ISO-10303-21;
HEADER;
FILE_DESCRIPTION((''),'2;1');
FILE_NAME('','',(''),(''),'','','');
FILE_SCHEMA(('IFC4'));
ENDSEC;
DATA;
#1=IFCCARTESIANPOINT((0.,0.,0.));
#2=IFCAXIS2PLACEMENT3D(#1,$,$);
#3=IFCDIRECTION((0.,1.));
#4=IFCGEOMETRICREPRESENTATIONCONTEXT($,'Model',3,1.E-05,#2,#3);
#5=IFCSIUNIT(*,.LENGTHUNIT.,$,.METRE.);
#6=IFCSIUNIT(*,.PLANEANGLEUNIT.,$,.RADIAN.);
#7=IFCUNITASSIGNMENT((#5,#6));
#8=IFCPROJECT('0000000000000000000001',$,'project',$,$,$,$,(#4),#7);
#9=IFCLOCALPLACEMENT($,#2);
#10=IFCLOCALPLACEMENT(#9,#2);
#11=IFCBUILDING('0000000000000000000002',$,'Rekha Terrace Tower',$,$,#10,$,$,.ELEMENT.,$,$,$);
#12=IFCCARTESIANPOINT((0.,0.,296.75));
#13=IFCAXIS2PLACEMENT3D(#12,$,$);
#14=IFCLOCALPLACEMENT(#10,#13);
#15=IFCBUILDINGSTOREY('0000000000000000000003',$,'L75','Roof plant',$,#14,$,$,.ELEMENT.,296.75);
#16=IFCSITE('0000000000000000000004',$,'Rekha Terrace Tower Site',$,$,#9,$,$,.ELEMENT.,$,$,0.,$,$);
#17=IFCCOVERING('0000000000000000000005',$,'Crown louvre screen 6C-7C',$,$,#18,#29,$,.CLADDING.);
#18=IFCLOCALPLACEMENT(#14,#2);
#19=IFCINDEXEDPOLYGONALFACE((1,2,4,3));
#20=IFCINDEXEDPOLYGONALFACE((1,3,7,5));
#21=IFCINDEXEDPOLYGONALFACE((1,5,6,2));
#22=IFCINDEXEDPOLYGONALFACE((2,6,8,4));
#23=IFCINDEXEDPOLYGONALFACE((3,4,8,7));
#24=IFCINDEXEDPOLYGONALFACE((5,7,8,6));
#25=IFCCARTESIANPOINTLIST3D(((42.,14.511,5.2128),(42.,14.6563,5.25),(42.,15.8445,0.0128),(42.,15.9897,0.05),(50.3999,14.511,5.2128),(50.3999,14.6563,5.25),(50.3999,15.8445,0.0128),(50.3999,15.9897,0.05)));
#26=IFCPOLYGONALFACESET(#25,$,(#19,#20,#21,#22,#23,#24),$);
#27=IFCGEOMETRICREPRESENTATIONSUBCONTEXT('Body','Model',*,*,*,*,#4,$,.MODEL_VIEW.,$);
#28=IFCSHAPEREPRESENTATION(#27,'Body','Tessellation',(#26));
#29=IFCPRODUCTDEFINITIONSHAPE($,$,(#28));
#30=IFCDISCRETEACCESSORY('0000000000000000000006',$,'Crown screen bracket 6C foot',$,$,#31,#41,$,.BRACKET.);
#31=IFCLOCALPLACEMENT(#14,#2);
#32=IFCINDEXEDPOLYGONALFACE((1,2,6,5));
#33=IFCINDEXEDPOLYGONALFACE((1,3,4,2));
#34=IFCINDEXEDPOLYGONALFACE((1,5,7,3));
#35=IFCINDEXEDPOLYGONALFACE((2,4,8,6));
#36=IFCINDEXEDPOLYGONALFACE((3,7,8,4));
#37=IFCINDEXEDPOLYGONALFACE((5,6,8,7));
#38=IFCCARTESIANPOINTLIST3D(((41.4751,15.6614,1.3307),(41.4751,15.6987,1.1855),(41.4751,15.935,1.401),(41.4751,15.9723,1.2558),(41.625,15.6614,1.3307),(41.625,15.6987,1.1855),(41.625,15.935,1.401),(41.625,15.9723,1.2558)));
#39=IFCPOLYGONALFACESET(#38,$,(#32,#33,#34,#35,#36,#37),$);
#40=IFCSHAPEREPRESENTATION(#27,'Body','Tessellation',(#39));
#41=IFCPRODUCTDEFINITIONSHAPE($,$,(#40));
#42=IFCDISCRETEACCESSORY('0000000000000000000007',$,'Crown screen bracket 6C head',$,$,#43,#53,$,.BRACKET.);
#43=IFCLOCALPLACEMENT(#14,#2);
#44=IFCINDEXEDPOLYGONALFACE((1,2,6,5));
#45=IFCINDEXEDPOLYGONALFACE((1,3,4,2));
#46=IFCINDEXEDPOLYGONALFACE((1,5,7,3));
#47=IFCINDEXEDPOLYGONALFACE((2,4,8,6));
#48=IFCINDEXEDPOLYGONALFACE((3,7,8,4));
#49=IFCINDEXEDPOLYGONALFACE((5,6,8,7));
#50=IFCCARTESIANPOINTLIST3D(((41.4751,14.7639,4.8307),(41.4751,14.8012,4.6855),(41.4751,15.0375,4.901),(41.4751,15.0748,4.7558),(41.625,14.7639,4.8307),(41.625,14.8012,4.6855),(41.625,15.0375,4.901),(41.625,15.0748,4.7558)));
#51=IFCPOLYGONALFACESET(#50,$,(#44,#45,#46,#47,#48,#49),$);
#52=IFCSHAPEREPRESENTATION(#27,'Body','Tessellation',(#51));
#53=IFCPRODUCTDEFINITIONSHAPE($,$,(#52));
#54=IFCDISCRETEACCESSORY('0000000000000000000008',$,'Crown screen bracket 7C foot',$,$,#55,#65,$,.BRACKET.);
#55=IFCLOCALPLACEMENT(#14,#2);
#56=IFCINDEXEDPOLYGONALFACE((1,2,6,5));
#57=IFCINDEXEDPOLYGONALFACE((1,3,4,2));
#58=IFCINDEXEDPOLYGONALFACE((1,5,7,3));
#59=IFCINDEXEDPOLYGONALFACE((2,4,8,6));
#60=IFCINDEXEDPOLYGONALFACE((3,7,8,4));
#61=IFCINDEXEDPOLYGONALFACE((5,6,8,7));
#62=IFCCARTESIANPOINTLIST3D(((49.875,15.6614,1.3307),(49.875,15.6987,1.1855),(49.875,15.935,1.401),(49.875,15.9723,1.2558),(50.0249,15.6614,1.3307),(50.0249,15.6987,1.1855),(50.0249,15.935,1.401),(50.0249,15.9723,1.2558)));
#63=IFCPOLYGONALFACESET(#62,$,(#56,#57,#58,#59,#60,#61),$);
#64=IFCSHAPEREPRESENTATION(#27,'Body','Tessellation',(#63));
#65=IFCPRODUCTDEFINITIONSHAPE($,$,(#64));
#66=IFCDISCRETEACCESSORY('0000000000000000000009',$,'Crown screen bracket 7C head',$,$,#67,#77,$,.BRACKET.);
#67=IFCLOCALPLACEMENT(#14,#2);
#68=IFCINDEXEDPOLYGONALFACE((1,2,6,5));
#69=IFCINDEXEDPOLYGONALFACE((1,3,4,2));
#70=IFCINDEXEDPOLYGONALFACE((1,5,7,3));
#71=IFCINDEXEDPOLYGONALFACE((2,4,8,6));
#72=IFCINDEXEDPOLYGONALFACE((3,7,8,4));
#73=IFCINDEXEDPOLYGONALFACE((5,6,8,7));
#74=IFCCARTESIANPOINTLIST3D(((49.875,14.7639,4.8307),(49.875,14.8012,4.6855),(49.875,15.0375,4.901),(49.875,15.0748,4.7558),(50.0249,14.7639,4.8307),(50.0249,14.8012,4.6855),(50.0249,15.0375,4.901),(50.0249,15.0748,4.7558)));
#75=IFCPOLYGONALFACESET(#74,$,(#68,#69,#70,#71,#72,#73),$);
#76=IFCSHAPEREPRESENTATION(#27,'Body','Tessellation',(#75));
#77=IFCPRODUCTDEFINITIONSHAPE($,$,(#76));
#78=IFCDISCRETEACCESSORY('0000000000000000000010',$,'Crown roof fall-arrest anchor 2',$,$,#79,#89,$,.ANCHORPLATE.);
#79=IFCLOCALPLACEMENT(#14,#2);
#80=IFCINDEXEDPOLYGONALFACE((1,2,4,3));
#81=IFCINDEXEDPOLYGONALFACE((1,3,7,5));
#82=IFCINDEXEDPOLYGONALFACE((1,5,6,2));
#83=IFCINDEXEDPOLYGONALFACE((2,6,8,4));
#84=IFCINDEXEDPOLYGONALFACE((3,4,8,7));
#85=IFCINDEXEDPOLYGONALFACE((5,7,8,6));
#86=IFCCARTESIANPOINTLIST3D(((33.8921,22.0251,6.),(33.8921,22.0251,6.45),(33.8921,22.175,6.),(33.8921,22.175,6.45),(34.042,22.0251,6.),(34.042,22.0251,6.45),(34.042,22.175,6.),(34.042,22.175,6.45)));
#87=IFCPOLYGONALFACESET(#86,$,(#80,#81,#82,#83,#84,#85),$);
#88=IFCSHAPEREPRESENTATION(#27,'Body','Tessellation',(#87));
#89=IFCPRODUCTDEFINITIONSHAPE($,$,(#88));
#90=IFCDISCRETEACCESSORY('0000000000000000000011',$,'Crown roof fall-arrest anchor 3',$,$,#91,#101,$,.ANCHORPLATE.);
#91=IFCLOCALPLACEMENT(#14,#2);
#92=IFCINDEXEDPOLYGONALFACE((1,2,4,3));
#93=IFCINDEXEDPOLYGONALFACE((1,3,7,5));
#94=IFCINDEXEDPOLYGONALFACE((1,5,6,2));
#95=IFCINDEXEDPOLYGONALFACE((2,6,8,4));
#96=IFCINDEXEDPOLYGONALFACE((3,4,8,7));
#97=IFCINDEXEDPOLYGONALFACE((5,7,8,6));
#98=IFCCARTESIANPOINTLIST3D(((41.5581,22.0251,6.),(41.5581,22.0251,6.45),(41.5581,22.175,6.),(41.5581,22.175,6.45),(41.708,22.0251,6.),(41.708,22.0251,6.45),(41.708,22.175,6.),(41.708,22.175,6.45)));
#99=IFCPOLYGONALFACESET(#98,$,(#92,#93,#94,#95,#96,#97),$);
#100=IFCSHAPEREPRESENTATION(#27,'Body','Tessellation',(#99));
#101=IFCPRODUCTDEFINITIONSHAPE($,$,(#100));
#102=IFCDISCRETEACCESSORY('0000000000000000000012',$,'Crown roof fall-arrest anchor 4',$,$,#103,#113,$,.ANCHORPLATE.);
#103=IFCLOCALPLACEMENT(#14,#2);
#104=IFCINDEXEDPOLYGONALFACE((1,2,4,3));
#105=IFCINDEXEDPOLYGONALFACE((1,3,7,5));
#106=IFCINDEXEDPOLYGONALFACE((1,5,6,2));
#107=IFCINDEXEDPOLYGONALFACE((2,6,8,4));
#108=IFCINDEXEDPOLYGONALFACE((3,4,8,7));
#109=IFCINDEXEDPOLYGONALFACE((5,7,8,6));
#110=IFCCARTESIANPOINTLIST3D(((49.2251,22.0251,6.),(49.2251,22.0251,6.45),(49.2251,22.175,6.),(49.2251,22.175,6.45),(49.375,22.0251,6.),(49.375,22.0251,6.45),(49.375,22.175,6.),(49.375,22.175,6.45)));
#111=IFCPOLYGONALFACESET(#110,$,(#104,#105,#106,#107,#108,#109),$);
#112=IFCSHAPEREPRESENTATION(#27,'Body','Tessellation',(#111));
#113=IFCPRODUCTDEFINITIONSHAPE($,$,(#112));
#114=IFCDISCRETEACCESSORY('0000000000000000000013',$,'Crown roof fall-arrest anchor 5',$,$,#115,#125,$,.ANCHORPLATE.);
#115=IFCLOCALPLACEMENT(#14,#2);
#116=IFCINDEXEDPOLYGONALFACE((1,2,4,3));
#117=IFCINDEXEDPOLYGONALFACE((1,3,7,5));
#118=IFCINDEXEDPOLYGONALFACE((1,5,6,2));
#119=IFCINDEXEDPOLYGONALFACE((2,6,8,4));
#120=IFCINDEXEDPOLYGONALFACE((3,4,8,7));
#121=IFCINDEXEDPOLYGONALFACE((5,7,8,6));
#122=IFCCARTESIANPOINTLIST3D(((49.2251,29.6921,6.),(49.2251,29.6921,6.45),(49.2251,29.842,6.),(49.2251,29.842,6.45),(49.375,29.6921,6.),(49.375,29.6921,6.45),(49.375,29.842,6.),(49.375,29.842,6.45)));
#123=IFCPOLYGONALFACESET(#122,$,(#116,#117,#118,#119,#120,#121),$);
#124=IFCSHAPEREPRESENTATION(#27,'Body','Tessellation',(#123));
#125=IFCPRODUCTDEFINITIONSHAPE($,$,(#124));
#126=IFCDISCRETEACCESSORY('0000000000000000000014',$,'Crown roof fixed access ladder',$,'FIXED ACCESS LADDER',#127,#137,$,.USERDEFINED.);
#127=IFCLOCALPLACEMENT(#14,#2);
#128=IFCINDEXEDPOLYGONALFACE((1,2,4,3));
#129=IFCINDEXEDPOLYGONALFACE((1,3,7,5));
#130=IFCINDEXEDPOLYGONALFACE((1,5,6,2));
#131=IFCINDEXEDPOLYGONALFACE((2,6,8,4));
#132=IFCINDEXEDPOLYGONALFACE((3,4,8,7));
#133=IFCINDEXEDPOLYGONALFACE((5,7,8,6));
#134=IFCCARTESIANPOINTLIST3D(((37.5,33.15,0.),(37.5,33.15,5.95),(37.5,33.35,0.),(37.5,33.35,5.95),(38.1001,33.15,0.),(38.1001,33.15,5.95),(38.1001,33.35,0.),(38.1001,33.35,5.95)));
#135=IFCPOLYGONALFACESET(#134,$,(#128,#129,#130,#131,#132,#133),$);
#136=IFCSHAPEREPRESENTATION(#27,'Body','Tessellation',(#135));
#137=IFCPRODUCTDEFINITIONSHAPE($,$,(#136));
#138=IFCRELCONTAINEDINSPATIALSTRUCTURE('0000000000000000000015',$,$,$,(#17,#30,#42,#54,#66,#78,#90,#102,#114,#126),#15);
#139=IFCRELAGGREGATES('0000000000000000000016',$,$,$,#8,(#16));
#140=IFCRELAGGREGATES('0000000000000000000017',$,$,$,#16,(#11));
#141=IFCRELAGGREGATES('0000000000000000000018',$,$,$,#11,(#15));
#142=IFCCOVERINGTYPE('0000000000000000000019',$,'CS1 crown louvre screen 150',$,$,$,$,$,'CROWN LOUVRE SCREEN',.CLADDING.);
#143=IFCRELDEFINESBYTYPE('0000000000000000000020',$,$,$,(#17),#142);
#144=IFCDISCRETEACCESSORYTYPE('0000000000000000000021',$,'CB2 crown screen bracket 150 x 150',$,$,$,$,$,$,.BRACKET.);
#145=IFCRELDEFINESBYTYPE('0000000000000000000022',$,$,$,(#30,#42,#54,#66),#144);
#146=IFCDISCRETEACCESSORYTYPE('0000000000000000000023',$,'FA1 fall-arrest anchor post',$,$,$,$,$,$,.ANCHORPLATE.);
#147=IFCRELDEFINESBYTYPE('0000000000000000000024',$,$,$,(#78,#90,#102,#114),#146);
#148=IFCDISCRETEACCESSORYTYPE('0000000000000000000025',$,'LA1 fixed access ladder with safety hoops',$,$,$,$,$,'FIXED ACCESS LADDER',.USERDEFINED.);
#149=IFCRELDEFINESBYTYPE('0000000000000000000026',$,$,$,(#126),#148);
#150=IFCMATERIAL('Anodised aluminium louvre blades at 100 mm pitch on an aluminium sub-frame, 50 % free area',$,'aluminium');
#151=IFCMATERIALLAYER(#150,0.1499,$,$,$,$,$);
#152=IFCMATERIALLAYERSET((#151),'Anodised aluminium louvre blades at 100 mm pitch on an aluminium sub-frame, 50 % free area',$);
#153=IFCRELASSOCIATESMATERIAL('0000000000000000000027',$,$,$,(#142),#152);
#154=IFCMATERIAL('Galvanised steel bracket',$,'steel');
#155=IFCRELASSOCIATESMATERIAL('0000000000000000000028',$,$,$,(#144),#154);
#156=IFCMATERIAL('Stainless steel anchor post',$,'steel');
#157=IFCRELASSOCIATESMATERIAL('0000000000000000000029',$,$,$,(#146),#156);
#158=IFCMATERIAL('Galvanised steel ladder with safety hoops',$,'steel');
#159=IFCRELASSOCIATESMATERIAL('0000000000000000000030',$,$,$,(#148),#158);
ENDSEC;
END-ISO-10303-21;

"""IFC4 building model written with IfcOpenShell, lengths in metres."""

from ifc_helpers import new_model, si_unit, direction, frame, origin, origin_2d, place, context, subcontext, project, spatial, polyline, rectangle, outline, extrude, material, layer, layer_set, type_object, element, save


model = new_model("IFC4")

# Units and contexts
model_context = context("Model", 3, precision=1e-05, world=origin(), true_north=direction((0.0, 1.0)))
body_context = subcontext(model_context, "Body", "Model", "MODEL_VIEW")
ifc_project = project(units=[si_unit("LENGTHUNIT", "METRE"), si_unit("PLANEANGLEUNIT", "RADIAN")], contexts=[model_context])

# Site, building, storey
site_placement = place(None, origin())
site = spatial("IfcSite", under=ifc_project, at=site_placement, Name="Rekha Terrace Tower Site", CompositionType="ELEMENT", RefElevation=0.0)
building_placement = place(site_placement, origin())
building = spatial("IfcBuilding", under=site, at=building_placement, Name="Rekha Terrace Tower", CompositionType="ELEMENT")
storey_placement = place(building_placement, frame((0.0, 0.0, 296.75)))
storey = spatial("IfcBuildingStorey", under=building, at=storey_placement, Name="L75", Description="Roof plant", CompositionType="ELEMENT", Elevation=296.75)

# Covering
ifc_material_1 = material(Name="Anodised aluminium louvre blades at 100 mm pitch on an aluminium sub-frame, 50 % free area", Category="aluminium")
ifc_layer_1 = layer(ifc_material_1, 0.1499)
ifc_layer_set_1 = layer_set([ifc_layer_1], Name="Anodised aluminium louvre blades at 100 mm pitch on an aluminium sub-frame, 50 % free area")
covering_type_1 = type_object("IfcCoveringType", Name="CS1 crown louvre screen 150", ElementType="CROWN LOUVRE SCREEN", PredefinedType="CLADDING", material=ifc_layer_set_1)
for number, where, z_axis, x_axis, name in (
    (1, (42.0, 15.9897, 0.05), (0.0, 0.968656, 0.248406), (1.0, 0.0, 0.0), "Crown louvre screen 6C-7C"),
):
    element("IfcCovering", number, at=place(storey_placement, frame(where, z_axis=z_axis, x_axis=x_axis)), inside=storey, type_object=covering_type_1, Name=name, PredefinedType="CLADDING", context=body_context, shape_type="SweptSolid", body=[
        extrude(outline(polyline([(0.0, 0.0), (8.3999, 0.0), (8.3999, -5.3682), (0.0, -5.3682), (0.0, 0.0)])), origin(), (0.0, 0.0, -1.0), 0.1499),
    ])

# Discrete accessories
ifc_material_2 = material(Name="Galvanised steel bracket", Category="steel")
discrete_accessory_type_1 = type_object("IfcDiscreteAccessoryType", Name="CB2 crown screen bracket 150 x 150", PredefinedType="BRACKET", material=ifc_material_2)
for number, where, z_axis, x_axis, name in (
    (2, (41.55, 15.9536, 1.3284), (0.0, -0.968546, -0.248833), (1.0, 0.0, 0.0), "Crown screen bracket 6C foot"),
    (3, (41.55, 15.0562, 4.8284), (0.0, -0.968546, -0.248833), (1.0, 0.0, 0.0), "Crown screen bracket 6C head"),
    (4, (49.95, 15.9536, 1.3284), (0.0, -0.968546, -0.248833), (1.0, 0.0, 0.0), "Crown screen bracket 7C foot"),
    (5, (49.95, 15.0562, 4.8284), (0.0, -0.968546, -0.248833), (1.0, 0.0, 0.0), "Crown screen bracket 7C head"),
):
    element("IfcDiscreteAccessory", number, at=place(storey_placement, frame(where, z_axis=z_axis, x_axis=x_axis)), inside=storey, type_object=discrete_accessory_type_1, Name=name, PredefinedType="BRACKET", context=body_context, shape_type="SweptSolid", body=[
        extrude(rectangle(XDim=0.1499, YDim=0.1499, at=origin_2d()), origin(), (0.0, 0.0, 1.0), 0.2825),
    ])
ifc_material_3 = material(Name="Stainless steel anchor post", Category="steel")
discrete_accessory_type_2 = type_object("IfcDiscreteAccessoryType", Name="FA1 fall-arrest anchor post", PredefinedType="ANCHORPLATE", material=ifc_material_3)
for number, where, z_axis, x_axis, name in (
    (6, (33.967, 22.1001, 6.0), (0.0, 0.0, 1.0), (1.0, 0.0, 0.0), "Crown roof fall-arrest anchor 2"),
    (7, (41.6331, 22.1001, 6.0), (0.0, 0.0, 1.0), (1.0, 0.0, 0.0), "Crown roof fall-arrest anchor 3"),
    (8, (49.3, 22.1001, 6.0), (0.0, 0.0, 1.0), (1.0, 0.0, 0.0), "Crown roof fall-arrest anchor 4"),
    (9, (49.3, 29.7671, 6.0), (0.0, 0.0, 1.0), (1.0, 0.0, 0.0), "Crown roof fall-arrest anchor 5"),
):
    element("IfcDiscreteAccessory", number, at=place(storey_placement, frame(where, z_axis=z_axis, x_axis=x_axis)), inside=storey, type_object=discrete_accessory_type_2, Name=name, PredefinedType="ANCHORPLATE", context=body_context, shape_type="SweptSolid", body=[
        extrude(rectangle(XDim=0.1499, YDim=0.1499, at=origin_2d()), origin(), (0.0, 0.0, 1.0), 0.45),
    ])
ifc_material_4 = material(Name="Galvanised steel ladder with safety hoops", Category="steel")
discrete_accessory_type_3 = type_object("IfcDiscreteAccessoryType", Name="LA1 fixed access ladder with safety hoops", ElementType="FIXED ACCESS LADDER", PredefinedType="USERDEFINED", material=ifc_material_4)
discrete_accessory_placement = place(storey_placement, frame((37.8, 33.25, 0.0), z_axis=(0.0, 0.0, 1.0), x_axis=(1.0, 0.0, 0.0)))
element("IfcDiscreteAccessory", 10, at=discrete_accessory_placement, inside=storey, type_object=discrete_accessory_type_3, Name="Crown roof fixed access ladder", ObjectType="FIXED ACCESS LADDER", PredefinedType="USERDEFINED", context=body_context, shape_type="SweptSolid", body=[
    extrude(rectangle(XDim=0.6001, YDim=0.2, at=origin_2d()), origin(), (0.0, 0.0, 1.0), 5.95),
])

save(model, "model.ifc")
